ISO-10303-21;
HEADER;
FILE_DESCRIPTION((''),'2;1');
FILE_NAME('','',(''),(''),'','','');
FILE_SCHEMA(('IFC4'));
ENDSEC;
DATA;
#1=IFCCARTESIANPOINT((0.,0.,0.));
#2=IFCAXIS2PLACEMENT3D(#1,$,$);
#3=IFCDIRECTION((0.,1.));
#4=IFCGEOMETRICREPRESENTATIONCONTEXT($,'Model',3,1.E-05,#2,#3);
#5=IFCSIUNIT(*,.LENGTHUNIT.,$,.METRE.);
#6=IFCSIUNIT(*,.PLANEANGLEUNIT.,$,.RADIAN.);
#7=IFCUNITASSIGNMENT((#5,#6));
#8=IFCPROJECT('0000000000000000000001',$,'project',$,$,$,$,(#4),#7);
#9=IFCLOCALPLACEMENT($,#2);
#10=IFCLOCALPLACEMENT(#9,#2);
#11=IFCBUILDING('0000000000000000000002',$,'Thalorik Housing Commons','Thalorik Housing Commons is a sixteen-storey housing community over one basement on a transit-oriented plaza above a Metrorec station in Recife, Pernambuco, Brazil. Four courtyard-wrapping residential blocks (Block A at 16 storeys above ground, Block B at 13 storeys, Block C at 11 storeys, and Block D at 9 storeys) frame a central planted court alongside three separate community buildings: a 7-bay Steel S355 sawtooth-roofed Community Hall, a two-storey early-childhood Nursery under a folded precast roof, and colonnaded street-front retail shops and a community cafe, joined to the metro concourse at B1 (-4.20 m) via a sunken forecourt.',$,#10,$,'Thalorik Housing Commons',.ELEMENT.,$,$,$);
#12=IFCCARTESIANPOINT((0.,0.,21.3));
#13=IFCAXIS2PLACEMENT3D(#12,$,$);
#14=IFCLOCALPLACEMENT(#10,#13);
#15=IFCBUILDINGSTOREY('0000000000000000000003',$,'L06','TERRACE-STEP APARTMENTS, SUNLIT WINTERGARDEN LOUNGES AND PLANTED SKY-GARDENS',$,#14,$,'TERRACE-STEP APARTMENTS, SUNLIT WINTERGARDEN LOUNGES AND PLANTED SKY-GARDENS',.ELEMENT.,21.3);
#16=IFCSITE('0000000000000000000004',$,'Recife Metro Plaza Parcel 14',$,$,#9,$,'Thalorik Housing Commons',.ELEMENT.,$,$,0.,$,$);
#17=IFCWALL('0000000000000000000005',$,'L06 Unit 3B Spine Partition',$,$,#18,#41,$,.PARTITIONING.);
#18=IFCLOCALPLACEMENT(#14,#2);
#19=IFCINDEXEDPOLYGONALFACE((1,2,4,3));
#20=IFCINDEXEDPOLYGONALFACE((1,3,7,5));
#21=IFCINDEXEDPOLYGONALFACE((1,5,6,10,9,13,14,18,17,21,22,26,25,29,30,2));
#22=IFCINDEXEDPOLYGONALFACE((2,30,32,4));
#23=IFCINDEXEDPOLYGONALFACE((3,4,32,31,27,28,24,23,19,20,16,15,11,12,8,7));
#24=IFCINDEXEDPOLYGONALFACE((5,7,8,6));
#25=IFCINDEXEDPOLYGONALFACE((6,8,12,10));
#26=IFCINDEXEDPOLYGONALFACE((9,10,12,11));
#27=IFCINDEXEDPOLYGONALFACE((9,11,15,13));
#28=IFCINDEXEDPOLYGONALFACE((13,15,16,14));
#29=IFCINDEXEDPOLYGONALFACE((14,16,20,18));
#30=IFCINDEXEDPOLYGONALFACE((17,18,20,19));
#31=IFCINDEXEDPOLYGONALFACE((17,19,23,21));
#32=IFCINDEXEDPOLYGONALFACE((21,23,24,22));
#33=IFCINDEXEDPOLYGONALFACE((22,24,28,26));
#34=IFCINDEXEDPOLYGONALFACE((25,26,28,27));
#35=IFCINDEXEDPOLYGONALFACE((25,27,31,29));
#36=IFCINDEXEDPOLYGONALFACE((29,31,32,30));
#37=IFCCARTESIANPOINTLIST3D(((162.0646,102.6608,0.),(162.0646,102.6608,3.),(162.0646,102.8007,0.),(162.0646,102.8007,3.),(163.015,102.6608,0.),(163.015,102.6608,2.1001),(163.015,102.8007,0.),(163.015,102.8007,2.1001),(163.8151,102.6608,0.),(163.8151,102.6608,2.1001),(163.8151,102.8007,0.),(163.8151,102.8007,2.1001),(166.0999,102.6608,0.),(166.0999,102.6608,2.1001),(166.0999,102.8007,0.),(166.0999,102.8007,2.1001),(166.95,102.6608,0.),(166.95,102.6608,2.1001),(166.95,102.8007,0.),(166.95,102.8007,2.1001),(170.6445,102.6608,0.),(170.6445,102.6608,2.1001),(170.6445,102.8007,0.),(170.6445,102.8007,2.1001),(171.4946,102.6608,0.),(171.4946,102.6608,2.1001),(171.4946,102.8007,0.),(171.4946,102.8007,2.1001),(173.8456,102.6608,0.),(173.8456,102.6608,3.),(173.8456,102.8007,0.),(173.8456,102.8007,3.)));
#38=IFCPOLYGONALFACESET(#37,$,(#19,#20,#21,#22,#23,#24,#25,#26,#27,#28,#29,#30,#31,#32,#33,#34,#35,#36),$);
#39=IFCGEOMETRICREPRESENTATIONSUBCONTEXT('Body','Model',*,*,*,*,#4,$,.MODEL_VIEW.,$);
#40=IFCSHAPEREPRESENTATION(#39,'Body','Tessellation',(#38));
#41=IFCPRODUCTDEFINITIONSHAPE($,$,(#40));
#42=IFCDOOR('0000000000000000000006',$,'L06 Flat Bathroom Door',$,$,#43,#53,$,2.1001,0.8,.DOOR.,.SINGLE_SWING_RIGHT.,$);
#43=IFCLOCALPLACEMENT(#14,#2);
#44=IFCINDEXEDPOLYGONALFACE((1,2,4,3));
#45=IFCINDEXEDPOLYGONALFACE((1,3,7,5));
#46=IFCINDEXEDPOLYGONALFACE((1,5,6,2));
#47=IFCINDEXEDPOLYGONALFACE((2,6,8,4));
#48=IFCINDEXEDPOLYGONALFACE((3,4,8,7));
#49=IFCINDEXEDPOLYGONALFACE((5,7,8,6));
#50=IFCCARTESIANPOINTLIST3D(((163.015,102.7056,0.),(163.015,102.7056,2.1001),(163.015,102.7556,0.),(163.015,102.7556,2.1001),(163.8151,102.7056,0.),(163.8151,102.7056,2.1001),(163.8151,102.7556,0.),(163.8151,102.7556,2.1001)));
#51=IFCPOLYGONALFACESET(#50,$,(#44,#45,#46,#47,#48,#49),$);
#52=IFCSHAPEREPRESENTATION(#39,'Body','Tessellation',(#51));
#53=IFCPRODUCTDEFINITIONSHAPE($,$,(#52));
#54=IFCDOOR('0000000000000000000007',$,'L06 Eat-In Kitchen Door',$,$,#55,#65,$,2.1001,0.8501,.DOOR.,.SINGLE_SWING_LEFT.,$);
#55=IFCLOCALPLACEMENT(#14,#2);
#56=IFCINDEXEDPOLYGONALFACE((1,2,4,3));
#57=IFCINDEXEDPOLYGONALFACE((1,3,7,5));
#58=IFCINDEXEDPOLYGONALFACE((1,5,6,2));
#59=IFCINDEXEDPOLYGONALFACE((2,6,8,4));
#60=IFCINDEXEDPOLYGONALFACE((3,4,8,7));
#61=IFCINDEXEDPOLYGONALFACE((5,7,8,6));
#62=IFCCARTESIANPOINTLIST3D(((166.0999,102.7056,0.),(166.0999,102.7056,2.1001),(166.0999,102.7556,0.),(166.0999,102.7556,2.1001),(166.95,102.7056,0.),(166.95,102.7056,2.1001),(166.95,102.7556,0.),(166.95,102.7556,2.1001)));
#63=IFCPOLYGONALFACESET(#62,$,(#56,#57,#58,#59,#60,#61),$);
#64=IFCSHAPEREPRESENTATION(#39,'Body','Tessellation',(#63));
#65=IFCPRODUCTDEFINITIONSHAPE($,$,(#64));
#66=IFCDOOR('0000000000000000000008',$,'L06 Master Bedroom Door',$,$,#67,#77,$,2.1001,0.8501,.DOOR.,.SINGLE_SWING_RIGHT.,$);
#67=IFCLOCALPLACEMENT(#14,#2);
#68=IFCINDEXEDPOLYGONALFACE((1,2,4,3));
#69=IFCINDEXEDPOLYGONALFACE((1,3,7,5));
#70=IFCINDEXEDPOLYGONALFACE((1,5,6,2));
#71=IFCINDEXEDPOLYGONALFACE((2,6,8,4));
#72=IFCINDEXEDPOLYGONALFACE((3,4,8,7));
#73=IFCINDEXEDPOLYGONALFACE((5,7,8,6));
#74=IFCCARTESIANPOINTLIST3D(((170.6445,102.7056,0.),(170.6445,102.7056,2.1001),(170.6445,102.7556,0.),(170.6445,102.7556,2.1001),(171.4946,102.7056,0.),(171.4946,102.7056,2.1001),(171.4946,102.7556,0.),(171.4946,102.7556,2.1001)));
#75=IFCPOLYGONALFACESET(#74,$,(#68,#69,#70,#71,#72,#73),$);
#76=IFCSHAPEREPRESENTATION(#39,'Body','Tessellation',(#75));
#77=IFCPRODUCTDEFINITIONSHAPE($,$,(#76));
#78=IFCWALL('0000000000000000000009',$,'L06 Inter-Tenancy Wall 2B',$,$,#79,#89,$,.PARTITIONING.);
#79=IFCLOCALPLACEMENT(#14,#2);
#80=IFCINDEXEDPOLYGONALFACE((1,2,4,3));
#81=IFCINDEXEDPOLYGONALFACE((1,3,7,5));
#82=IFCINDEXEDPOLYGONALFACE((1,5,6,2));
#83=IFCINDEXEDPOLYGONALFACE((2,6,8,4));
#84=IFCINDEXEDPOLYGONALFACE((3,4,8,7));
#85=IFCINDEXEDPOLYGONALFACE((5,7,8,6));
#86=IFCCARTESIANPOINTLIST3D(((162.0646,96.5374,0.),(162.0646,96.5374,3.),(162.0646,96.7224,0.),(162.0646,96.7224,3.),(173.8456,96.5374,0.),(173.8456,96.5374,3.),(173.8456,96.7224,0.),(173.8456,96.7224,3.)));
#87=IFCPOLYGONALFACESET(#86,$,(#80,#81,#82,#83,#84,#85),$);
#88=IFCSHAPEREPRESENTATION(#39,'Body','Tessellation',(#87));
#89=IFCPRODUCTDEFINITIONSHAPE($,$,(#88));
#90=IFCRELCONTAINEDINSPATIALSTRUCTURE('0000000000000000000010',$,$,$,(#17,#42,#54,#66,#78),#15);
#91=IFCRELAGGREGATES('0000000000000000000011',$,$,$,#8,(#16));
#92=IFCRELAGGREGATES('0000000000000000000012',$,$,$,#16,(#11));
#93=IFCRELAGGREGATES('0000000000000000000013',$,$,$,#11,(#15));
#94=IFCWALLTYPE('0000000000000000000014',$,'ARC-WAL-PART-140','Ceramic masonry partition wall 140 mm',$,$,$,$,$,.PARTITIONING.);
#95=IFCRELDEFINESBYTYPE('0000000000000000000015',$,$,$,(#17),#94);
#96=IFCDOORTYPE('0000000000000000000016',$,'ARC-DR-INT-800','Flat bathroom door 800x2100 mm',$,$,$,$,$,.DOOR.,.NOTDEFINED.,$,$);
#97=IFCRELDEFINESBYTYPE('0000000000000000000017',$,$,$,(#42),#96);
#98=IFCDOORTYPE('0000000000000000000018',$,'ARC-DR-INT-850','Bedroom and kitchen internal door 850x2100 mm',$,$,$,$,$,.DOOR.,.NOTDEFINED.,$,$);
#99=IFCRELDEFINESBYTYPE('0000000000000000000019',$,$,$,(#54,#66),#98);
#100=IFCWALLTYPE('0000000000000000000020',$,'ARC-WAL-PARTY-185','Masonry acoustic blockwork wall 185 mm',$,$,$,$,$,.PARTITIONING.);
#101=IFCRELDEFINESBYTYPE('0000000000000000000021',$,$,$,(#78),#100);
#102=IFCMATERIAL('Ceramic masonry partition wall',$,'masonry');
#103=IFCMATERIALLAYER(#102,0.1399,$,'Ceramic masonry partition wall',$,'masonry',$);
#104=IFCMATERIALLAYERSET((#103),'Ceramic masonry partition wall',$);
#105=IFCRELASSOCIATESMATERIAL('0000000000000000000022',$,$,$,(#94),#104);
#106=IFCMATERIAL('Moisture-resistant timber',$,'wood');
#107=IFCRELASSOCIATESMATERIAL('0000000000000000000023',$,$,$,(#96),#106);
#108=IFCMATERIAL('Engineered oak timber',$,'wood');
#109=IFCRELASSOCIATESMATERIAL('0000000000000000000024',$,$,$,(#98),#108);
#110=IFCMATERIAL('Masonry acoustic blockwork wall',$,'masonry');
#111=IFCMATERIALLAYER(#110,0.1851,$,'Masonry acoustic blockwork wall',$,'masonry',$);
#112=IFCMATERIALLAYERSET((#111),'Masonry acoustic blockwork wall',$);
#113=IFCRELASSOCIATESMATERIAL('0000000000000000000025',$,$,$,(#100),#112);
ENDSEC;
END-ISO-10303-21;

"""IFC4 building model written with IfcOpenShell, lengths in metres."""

from ifc_helpers import new_model, si_unit, direction, frame, frame_2d, origin, place, context, subcontext, project, spatial, rectangle, extrude, material, layer, layer_set, type_object, element, fill, save


model = new_model("IFC4")

# Units and contexts
model_context = context("Model", 3, precision=1e-05, world=origin(), true_north=direction((0.0, 1.0)))
body_context = subcontext(model_context, "Body", "Model", "MODEL_VIEW")
ifc_project = project(units=[si_unit("LENGTHUNIT", "METRE"), si_unit("PLANEANGLEUNIT", "RADIAN")], contexts=[model_context])

# Site, building, storey
site_placement = place(None, origin())
site = spatial("IfcSite", under=ifc_project, at=site_placement, Name="Recife Metro Plaza Parcel 14", LongName="Thalorik Housing Commons", CompositionType="ELEMENT", RefElevation=0.0)
building_placement = place(site_placement, origin())
building = spatial("IfcBuilding", under=site, at=building_placement, Name="Thalorik Housing Commons", Description="Thalorik Housing Commons is a sixteen-storey housing community over one basement on a transit-oriented plaza above a Metrorec station in Recife, Pernambuco, Brazil. Four courtyard-wrapping residential blocks (Block A at 16 storeys above ground, Block B at 13 storeys, Block C at 11 storeys, and Block D at 9 storeys) frame a central planted court alongside three separate community buildings: a 7-bay Steel S355 sawtooth-roofed Community Hall, a two-storey early-childhood Nursery under a folded precast roof, and colonnaded street-front retail shops and a community cafe, joined to the metro concourse at B1 (-4.20 m) via a sunken forecourt.", LongName="Thalorik Housing Commons", CompositionType="ELEMENT")
storey_placement = place(building_placement, frame((0.0, 0.0, 21.3)))
storey = spatial("IfcBuildingStorey", under=building, at=storey_placement, Name="L06", Description="TERRACE-STEP APARTMENTS, SUNLIT WINTERGARDEN LOUNGES AND PLANTED SKY-GARDENS", LongName="TERRACE-STEP APARTMENTS, SUNLIT WINTERGARDEN LOUNGES AND PLANTED SKY-GARDENS", CompositionType="ELEMENT", Elevation=21.3)

# Wall, openings, doors
ifc_material_1 = material(Name="Ceramic masonry partition wall", Category="masonry")
ifc_layer_1 = layer(ifc_material_1, 0.1399, Name="Ceramic masonry partition wall", Category="masonry")
ifc_layer_set_1 = layer_set([ifc_layer_1], Name="Ceramic masonry partition wall")
wall_type_1 = type_object("IfcWallType", Name="ARC-WAL-PART-140", Description="Ceramic masonry partition wall 140 mm", PredefinedType="PARTITIONING", material=ifc_layer_set_1)
wall_1_placement = place(storey_placement, frame((162.0645, 102.7307, 0.0), z_axis=(0.0, 0.0, 1.0), x_axis=(1.0, 0.0, 0.0)))
wall_1 = element("IfcWall", 1, at=wall_1_placement, inside=storey, type_object=wall_type_1, Name="L06 Unit 3B Spine Partition", PredefinedType="PARTITIONING", context=body_context, shape_type="SweptSolid", body=[
    extrude(rectangle(XDim=11.781, YDim=0.1399, at=frame_2d((5.8906, 0.0))), origin(), (0.0, 0.0, 1.0), 3.0),
])
opening_1_placement = place(wall_1_placement, frame((0.9507, 0.0, 0.0)))
opening_1 = element("IfcOpeningElement", 2, at=opening_1_placement, cuts=wall_1, PredefinedType="OPENING", context=body_context, shape_type="SweptSolid", body=[
    extrude(rectangle(XDim=0.8, YDim=2.1001, at=frame_2d((0.3999, 1.05))), frame((0.0, 0.0801, 0.0), z_axis=(0.0, -1.0, 0.0), x_axis=(1.0, 0.0, 0.0)), (0.0, 0.0, 1.0), 0.1599),
])
opening_2_placement = place(wall_1_placement, frame((4.0354, 0.0, 0.0)))
opening_2 = element("IfcOpeningElement", 3, at=opening_2_placement, cuts=wall_1, PredefinedType="OPENING", context=body_context, shape_type="SweptSolid", body=[
    extrude(rectangle(XDim=0.8501, YDim=2.1001, at=frame_2d((0.425, 1.05))), frame((0.0, 0.0801, 0.0), z_axis=(0.0, -1.0, 0.0), x_axis=(1.0, 0.0, 0.0)), (0.0, 0.0, 1.0), 0.1599),
])
opening_3_placement = place(wall_1_placement, frame((8.5801, 0.0, 0.0)))
opening_3 = element("IfcOpeningElement", 4, at=opening_3_placement, cuts=wall_1, PredefinedType="OPENING", context=body_context, shape_type="SweptSolid", body=[
    extrude(rectangle(XDim=0.8501, YDim=2.1001, at=frame_2d((0.425, 1.05))), frame((0.0, 0.0801, 0.0), z_axis=(0.0, -1.0, 0.0), x_axis=(1.0, 0.0, 0.0)), (0.0, 0.0, 1.0), 0.1599),
])
ifc_material_2 = material(Name="Moisture-resistant timber", Category="wood")
door_type_1 = type_object("IfcDoorType", Name="ARC-DR-INT-800", Description="Flat bathroom door 800x2100 mm", OperationType="NOTDEFINED", PredefinedType="DOOR", material=ifc_material_2)
door_1_placement = place(opening_1_placement, origin())
door_1 = element("IfcDoor", 5, at=door_1_placement, inside=storey, type_object=door_type_1, Name="L06 Flat Bathroom Door", OperationType="SINGLE_SWING_RIGHT", OverallHeight=2.1001, OverallWidth=0.8, PredefinedType="DOOR", context=body_context, shape_type="SweptSolid", body=[
    extrude(rectangle(XDim=0.8, YDim=2.1001, at=frame_2d((0.3999, 1.05))), frame((0.0, 0.0249, 0.0), z_axis=(0.0, -1.0, 0.0), x_axis=(1.0, 0.0, 0.0)), (0.0, 0.0, 1.0), 0.05),
])
fill(opening_1, door_1)
ifc_material_3 = material(Name="Engineered oak timber", Category="wood")
door_type_2 = type_object("IfcDoorType", Name="ARC-DR-INT-850", Description="Bedroom and kitchen internal door 850x2100 mm", OperationType="NOTDEFINED", PredefinedType="DOOR", material=ifc_material_3)
door_2_placement = place(opening_2_placement, origin())
door_2 = element("IfcDoor", 6, at=door_2_placement, inside=storey, type_object=door_type_2, Name="L06 Eat-In Kitchen Door", OperationType="SINGLE_SWING_LEFT", OverallHeight=2.1001, OverallWidth=0.8501, PredefinedType="DOOR", context=body_context, shape_type="SweptSolid", body=[
    extrude(rectangle(XDim=0.8501, YDim=2.1001, at=frame_2d((0.425, 1.05))), frame((0.0, 0.0249, 0.0), z_axis=(0.0, -1.0, 0.0), x_axis=(1.0, 0.0, 0.0)), (0.0, 0.0, 1.0), 0.05),
])
fill(opening_2, door_2)
door_3_placement = place(opening_3_placement, origin())
door_3 = element("IfcDoor", 7, at=door_3_placement, inside=storey, type_object=door_type_2, Name="L06 Master Bedroom Door", OperationType="SINGLE_SWING_RIGHT", OverallHeight=2.1001, OverallWidth=0.8501, PredefinedType="DOOR", context=body_context, shape_type="SweptSolid", body=[
    extrude(rectangle(XDim=0.8501, YDim=2.1001, at=frame_2d((0.425, 1.05))), frame((0.0, 0.0249, 0.0), z_axis=(0.0, -1.0, 0.0), x_axis=(1.0, 0.0, 0.0)), (0.0, 0.0, 1.0), 0.05),
])
fill(opening_3, door_3)

# Wall
ifc_material_4 = material(Name="Masonry acoustic blockwork wall", Category="masonry")
ifc_layer_2 = layer(ifc_material_4, 0.1851, Name="Masonry acoustic blockwork wall", Category="masonry")
ifc_layer_set_2 = layer_set([ifc_layer_2], Name="Masonry acoustic blockwork wall")
wall_type_2 = type_object("IfcWallType", Name="ARC-WAL-PARTY-185", Description="Masonry acoustic blockwork wall 185 mm", PredefinedType="PARTITIONING", material=ifc_layer_set_2)
wall_2_placement = place(storey_placement, frame((162.0645, 96.6299, 0.0), z_axis=(0.0, 0.0, 1.0), x_axis=(1.0, 0.0, 0.0)))
element("IfcWall", 8, at=wall_2_placement, inside=storey, type_object=wall_type_2, Name="L06 Inter-Tenancy Wall 2B", PredefinedType="PARTITIONING", context=body_context, shape_type="SweptSolid", body=[
    extrude(rectangle(XDim=11.781, YDim=0.1851, at=frame_2d((5.8906, 0.0))), origin(), (0.0, 0.0, 1.0), 3.0),
])

save(model, "model.ifc")
